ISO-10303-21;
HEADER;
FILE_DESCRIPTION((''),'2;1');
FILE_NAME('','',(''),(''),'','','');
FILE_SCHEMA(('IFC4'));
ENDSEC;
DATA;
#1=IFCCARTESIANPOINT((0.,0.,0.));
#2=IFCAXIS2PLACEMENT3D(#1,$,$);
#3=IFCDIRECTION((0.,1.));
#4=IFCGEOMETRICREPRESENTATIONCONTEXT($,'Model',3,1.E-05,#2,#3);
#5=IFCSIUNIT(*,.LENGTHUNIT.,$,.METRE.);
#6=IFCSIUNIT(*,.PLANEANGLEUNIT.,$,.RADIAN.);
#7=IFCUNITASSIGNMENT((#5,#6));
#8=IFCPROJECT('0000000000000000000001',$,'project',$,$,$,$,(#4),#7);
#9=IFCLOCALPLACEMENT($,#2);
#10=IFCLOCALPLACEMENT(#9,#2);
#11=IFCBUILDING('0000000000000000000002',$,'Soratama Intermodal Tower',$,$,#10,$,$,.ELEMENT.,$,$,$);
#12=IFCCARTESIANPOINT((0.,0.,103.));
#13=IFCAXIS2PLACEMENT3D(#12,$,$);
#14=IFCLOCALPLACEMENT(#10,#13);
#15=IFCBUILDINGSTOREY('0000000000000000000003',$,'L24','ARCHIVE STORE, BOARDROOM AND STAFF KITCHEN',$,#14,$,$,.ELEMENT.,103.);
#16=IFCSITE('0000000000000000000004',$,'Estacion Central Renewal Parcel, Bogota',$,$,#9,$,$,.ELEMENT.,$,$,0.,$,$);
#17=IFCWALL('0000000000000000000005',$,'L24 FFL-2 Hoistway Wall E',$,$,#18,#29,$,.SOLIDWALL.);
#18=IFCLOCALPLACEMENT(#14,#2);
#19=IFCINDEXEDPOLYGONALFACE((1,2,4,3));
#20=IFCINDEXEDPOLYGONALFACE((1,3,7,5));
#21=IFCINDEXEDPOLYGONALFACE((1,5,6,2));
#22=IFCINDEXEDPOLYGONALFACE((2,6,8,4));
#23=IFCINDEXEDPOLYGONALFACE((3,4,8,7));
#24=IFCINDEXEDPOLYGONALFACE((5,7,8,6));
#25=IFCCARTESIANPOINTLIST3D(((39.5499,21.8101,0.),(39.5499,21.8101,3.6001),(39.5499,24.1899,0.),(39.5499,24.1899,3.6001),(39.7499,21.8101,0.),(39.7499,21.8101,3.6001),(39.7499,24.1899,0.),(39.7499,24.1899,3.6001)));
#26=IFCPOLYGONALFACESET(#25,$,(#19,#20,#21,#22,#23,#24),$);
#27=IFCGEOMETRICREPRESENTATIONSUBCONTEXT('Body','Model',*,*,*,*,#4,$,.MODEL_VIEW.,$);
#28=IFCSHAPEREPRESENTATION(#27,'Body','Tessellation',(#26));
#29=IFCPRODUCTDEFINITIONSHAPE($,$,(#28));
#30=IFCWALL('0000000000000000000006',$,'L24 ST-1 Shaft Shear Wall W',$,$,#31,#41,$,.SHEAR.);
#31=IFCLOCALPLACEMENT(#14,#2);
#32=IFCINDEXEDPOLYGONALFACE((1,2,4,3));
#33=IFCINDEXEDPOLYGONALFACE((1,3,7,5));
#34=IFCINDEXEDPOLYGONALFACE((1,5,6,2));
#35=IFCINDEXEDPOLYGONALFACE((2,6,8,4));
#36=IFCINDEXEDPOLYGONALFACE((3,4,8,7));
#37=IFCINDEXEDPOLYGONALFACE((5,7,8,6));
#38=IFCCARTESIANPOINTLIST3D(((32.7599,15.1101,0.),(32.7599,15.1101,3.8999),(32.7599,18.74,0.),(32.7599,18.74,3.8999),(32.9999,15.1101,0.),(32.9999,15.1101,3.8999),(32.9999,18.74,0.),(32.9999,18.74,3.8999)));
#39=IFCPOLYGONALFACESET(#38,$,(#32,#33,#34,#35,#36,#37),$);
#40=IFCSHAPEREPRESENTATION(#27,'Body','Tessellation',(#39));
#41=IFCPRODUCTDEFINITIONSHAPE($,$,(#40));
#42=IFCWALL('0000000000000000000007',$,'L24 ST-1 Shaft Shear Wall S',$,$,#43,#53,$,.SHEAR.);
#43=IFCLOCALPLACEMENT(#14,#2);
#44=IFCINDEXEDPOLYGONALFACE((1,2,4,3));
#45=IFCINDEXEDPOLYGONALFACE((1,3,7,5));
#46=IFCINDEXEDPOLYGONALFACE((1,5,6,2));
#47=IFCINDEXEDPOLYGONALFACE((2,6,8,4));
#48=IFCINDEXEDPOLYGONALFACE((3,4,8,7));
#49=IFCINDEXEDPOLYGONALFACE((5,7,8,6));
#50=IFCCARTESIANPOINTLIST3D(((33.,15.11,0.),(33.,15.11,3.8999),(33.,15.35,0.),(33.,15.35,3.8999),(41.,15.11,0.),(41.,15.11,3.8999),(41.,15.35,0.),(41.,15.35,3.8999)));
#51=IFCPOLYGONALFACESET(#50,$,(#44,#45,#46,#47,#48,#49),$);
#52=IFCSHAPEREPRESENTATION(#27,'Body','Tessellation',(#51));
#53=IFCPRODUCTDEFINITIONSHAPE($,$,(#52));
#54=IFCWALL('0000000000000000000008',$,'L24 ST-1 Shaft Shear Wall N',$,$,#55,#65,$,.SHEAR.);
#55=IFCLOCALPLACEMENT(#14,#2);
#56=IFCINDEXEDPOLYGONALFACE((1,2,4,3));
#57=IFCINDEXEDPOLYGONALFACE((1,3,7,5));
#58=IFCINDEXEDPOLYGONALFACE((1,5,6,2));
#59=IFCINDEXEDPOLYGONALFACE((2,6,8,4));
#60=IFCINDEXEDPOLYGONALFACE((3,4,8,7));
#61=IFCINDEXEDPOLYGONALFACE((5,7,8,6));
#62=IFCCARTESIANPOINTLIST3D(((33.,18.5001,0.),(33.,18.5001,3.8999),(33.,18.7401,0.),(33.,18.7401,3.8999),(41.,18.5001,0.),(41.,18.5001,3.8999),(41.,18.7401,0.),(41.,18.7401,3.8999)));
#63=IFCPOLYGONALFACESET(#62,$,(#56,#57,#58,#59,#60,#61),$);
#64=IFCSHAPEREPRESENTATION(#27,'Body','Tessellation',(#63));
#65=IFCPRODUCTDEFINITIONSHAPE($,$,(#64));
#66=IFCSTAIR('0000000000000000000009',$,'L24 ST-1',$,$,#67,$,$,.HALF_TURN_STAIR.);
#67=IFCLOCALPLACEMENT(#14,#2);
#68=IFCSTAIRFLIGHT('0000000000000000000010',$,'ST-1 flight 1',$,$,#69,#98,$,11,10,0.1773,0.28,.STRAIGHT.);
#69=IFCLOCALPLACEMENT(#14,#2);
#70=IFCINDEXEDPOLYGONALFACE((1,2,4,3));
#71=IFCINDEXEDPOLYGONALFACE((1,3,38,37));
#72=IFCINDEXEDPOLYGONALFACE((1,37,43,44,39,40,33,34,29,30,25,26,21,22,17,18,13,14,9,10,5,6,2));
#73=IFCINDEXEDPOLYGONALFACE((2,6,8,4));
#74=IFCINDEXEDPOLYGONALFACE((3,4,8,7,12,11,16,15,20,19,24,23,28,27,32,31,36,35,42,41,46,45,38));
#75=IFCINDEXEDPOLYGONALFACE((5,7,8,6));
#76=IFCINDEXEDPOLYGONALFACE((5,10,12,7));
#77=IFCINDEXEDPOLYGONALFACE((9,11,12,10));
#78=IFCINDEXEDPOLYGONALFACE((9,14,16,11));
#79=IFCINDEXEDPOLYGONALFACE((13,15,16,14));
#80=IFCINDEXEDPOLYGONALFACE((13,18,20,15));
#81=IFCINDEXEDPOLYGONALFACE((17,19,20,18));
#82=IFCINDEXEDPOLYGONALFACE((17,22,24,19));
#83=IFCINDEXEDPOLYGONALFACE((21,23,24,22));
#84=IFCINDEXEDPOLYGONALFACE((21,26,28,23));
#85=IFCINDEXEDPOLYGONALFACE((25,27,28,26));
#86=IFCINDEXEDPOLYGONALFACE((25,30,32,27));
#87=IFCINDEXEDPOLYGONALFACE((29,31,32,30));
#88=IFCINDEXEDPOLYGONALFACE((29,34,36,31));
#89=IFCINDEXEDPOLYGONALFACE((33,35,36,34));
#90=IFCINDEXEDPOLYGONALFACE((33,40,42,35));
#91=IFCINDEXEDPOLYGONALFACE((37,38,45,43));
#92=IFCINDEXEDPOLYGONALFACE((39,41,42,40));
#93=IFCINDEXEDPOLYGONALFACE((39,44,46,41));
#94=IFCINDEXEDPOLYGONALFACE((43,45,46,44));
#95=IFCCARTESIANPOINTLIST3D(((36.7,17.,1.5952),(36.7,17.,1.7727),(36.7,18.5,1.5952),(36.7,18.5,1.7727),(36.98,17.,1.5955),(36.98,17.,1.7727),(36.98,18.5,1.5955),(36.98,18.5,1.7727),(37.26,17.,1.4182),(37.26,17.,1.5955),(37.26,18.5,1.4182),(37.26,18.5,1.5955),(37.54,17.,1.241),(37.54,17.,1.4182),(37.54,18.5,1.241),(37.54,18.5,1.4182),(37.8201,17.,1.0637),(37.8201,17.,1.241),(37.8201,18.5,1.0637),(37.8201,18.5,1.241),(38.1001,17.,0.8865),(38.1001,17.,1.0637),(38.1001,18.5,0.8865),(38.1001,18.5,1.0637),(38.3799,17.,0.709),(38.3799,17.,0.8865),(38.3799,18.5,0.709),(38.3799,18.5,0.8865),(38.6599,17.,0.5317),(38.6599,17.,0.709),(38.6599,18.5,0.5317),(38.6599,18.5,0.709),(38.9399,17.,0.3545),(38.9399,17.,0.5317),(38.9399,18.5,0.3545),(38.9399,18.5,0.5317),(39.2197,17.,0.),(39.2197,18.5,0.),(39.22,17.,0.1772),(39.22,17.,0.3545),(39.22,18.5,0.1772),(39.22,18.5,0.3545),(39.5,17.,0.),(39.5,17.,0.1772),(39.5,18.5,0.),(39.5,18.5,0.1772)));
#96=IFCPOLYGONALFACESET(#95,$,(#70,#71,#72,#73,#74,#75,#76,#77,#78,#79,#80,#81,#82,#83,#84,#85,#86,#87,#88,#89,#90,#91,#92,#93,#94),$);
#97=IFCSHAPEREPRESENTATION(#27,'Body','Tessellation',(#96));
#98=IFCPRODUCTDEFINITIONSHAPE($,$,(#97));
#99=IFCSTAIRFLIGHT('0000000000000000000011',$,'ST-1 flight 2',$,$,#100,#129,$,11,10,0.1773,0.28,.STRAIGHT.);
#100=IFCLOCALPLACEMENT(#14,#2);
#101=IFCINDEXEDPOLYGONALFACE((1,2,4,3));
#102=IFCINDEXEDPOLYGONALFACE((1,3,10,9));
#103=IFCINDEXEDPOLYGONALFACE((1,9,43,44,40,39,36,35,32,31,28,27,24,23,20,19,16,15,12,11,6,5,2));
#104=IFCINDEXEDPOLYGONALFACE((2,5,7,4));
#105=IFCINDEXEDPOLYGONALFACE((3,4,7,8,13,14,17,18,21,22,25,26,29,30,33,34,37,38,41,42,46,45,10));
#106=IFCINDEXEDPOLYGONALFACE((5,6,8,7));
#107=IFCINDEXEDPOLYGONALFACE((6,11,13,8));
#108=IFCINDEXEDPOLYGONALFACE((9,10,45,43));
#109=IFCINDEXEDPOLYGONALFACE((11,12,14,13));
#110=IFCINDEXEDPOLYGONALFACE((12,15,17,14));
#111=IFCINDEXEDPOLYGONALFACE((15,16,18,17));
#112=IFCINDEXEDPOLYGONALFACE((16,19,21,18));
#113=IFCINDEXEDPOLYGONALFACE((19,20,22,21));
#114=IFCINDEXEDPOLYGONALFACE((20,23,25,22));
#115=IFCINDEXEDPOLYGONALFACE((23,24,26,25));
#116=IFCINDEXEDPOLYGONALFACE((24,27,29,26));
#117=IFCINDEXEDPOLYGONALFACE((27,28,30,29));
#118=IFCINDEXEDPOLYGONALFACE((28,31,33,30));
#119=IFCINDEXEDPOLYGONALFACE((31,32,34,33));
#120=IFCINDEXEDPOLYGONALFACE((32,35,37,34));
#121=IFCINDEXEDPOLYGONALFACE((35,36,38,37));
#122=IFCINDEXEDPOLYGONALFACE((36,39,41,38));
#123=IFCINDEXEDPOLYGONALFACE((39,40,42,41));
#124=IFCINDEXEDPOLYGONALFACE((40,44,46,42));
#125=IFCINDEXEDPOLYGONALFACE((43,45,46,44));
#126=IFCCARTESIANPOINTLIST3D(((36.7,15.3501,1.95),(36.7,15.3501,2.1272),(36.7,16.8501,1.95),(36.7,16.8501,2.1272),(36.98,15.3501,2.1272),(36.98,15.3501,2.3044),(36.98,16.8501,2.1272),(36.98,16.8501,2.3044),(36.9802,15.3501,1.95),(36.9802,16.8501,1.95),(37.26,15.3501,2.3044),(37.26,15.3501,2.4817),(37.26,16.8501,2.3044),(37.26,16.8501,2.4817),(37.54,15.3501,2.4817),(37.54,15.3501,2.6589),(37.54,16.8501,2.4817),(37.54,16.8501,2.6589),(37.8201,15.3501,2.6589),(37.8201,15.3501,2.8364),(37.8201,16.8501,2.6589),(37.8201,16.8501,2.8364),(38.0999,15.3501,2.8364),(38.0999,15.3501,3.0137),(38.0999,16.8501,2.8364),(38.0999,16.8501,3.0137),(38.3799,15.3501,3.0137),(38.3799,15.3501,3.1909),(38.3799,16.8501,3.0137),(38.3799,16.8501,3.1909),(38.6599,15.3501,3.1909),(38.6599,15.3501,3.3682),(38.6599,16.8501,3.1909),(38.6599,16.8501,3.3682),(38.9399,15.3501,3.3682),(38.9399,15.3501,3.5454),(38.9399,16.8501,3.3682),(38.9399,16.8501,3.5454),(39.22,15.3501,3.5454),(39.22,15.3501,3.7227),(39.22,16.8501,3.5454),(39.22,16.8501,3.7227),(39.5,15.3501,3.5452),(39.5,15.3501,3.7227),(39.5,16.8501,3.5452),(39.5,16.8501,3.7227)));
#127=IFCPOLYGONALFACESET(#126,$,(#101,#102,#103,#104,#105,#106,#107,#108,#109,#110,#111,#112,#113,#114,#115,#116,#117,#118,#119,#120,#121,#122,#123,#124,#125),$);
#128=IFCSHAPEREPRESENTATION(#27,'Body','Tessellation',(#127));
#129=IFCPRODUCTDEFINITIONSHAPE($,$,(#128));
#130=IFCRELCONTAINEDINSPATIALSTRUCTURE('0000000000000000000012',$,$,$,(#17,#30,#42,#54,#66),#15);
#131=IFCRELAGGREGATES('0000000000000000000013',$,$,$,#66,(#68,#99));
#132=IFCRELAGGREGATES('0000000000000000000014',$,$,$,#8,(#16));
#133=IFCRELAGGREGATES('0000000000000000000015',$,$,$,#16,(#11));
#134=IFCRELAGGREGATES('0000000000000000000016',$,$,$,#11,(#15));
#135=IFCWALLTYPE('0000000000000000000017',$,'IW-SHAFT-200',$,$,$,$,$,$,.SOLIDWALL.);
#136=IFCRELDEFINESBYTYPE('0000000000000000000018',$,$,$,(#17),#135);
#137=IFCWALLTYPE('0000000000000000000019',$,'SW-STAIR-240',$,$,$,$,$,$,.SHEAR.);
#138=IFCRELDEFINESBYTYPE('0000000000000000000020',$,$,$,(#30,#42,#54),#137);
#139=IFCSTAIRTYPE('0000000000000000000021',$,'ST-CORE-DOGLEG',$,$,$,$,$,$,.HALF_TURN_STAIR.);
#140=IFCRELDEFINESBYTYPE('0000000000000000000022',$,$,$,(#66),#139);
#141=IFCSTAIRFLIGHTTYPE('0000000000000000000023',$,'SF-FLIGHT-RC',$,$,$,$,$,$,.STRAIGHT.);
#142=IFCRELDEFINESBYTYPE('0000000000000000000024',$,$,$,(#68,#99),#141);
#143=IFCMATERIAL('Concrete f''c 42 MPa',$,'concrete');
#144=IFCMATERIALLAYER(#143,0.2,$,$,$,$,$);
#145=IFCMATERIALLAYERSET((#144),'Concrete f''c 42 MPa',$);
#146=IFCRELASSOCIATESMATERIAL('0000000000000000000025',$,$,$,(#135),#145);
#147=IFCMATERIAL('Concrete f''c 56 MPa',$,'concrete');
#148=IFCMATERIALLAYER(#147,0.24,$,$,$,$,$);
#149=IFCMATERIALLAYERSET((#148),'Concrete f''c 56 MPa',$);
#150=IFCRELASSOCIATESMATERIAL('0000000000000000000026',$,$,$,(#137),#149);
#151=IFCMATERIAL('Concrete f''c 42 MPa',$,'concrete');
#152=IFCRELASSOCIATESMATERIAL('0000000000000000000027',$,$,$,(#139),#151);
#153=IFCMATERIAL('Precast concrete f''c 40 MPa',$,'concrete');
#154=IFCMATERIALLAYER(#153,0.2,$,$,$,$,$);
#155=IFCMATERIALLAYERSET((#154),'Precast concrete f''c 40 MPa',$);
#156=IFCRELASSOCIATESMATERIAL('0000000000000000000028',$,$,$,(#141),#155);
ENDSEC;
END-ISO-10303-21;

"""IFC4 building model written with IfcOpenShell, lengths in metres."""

from ifc_helpers import new_model, si_unit, direction, frame, frame_2d, origin, place, context, subcontext, project, spatial, polyline, rectangle, outline, extrude, material, layer, layer_set, type_object, element, aggregate, save


model = new_model("IFC4")

# Units and contexts
model_context = context("Model", 3, precision=1e-05, world=origin(), true_north=direction((0.0, 1.0)))
body_context = subcontext(model_context, "Body", "Model", "MODEL_VIEW")
ifc_project = project(units=[si_unit("LENGTHUNIT", "METRE"), si_unit("PLANEANGLEUNIT", "RADIAN")], contexts=[model_context])

# Site, building, storey
site_placement = place(None, origin())
site = spatial("IfcSite", under=ifc_project, at=site_placement, Name="Estacion Central Renewal Parcel, Bogota", CompositionType="ELEMENT", RefElevation=0.0)
building_placement = place(site_placement, origin())
building = spatial("IfcBuilding", under=site, at=building_placement, Name="Soratama Intermodal Tower", CompositionType="ELEMENT")
storey_placement = place(building_placement, frame((0.0, 0.0, 103.0)))
storey = spatial("IfcBuildingStorey", under=building, at=storey_placement, Name="L24", Description="ARCHIVE STORE, BOARDROOM AND STAFF KITCHEN", CompositionType="ELEMENT", Elevation=103.0)

# Shared definitions
ifc_material_1 = material(Name="Concrete f'c 42 MPa", Category="concrete")
ifc_layer_1 = layer(ifc_material_1, 0.2)
ifc_layer_set_1 = layer_set([ifc_layer_1], Name="Concrete f'c 42 MPa")
wall_type_1 = type_object("IfcWallType", Name="IW-SHAFT-200", PredefinedType="SOLIDWALL", material=ifc_layer_set_1)

# Wall
wall_1_placement = place(storey_placement, frame((39.6499, 21.8101, 0.0), z_axis=(0.0, 0.0, 1.0), x_axis=(0.0, 1.0, 0.0)))
element("IfcWall", 1, at=wall_1_placement, inside=storey, type_object=wall_type_1, Name="L24 FFL-2 Hoistway Wall E", PredefinedType="SOLIDWALL", context=body_context, shape_type="SweptSolid", body=[
    extrude(rectangle(XDim=2.3799, YDim=0.2, at=frame_2d((1.1899, 0.0))), origin(), (0.0, 0.0, 1.0), 3.6001),
])

# Walls
ifc_material_2 = material(Name="Concrete f'c 56 MPa", Category="concrete")
ifc_layer_2 = layer(ifc_material_2, 0.24)
ifc_layer_set_2 = layer_set([ifc_layer_2], Name="Concrete f'c 56 MPa")
wall_type_2 = type_object("IfcWallType", Name="SW-STAIR-240", PredefinedType="SHEAR", material=ifc_layer_set_2)
wall_2_placement = place(storey_placement, frame((32.8799, 15.1101, 0.0), z_axis=(0.0, 0.0, 1.0), x_axis=(0.0, 1.0, 0.0)))
element("IfcWall", 2, at=wall_2_placement, inside=storey, type_object=wall_type_2, Name="L24 ST-1 Shaft Shear Wall W", PredefinedType="SHEAR", context=body_context, shape_type="SweptSolid", body=[
    extrude(rectangle(XDim=3.6299, YDim=0.24, at=frame_2d((1.8149, 0.0))), origin(), (0.0, 0.0, 1.0), 3.8999),
])
for number, where, z_axis, x_axis, name in (
    (3, (33.0, 15.23, 0.0), (0.0, 0.0, 1.0), (1.0, 0.0, 0.0), "L24 ST-1 Shaft Shear Wall S"),
    (4, (33.0, 18.6201, 0.0), (0.0, 0.0, 1.0), (1.0, 0.0, 0.0), "L24 ST-1 Shaft Shear Wall N"),
):
    element("IfcWall", number, at=place(storey_placement, frame(where, z_axis=z_axis, x_axis=x_axis)), inside=storey, type_object=wall_type_2, Name=name, PredefinedType="SHEAR", context=body_context, shape_type="SweptSolid", body=[
        extrude(rectangle(XDim=8.0, YDim=0.24, at=frame_2d((4.0, 0.0))), origin(), (0.0, 0.0, 1.0), 3.8999),
    ])

# Stair, stair flights
ifc_material_3 = material(Name="Concrete f'c 42 MPa", Category="concrete")
stair_type = type_object("IfcStairType", Name="ST-CORE-DOGLEG", PredefinedType="HALF_TURN_STAIR", material=ifc_material_3)
stair_placement = place(storey_placement, origin())
stair = element("IfcStair", 5, at=stair_placement, inside=storey, type_object=stair_type, Name="L24 ST-1", PredefinedType="HALF_TURN_STAIR")
ifc_material_4 = material(Name="Precast concrete f'c 40 MPa", Category="concrete")
ifc_layer_3 = layer(ifc_material_4, 0.2)
ifc_layer_set_3 = layer_set([ifc_layer_3], Name="Precast concrete f'c 40 MPa")
stair_flight_type = type_object("IfcStairFlightType", Name="SF-FLIGHT-RC", PredefinedType="STRAIGHT", material=ifc_layer_set_3)
stair_flight_1_placement = place(storey_placement, frame((39.5, 17.75, 0.0), z_axis=(0.0, 0.0, 1.0), x_axis=(-1.0, 0.0, 0.0)))
stair_flight_1 = element("IfcStairFlight", 6, at=stair_flight_1_placement, type_object=stair_flight_type, Name="ST-1 flight 1", NumberOfRisers=11, NumberOfTreads=10, PredefinedType="STRAIGHT", RiserHeight=0.1773, TreadLength=0.28, context=body_context, shape_type="SweptSolid", body=[
    extrude(outline(polyline([(0.0, 0.0), (0.0, 0.1772), (0.28, 0.1772), (0.28, 0.3545), (0.5601, 0.3545), (0.5601, 0.5317), (0.8401, 0.5317), (0.8401, 0.709), (1.1201, 0.709), (1.1201, 0.8865), (1.3999, 0.8865), (1.3999, 1.0637), (1.6799, 1.0637), (1.6799, 1.241), (1.96, 1.241), (1.96, 1.4182), (2.24, 1.4182), (2.24, 1.5955), (2.52, 1.5955), (2.52, 1.7727), (2.8, 1.7727), (2.8, 1.95), (2.8, 1.5952), (0.2803, 0.0), (0.0, 0.0)])), frame((0.0, 0.75, 0.0), z_axis=(0.0, -1.0, 0.0), x_axis=(1.0, 0.0, 0.0)), (0.0, 0.0, 1.0), 1.5),
])
stair_flight_2_placement = place(storey_placement, frame((36.7, 16.1001, 1.95), z_axis=(0.0, 0.0, 1.0), x_axis=(1.0, 0.0, 0.0)))
stair_flight_2 = element("IfcStairFlight", 7, at=stair_flight_2_placement, type_object=stair_flight_type, Name="ST-1 flight 2", NumberOfRisers=11, NumberOfTreads=10, PredefinedType="STRAIGHT", RiserHeight=0.1773, TreadLength=0.28, context=body_context, shape_type="SweptSolid", body=[
    extrude(outline(polyline([(0.0, 0.0), (0.0, 0.1772), (0.28, 0.1772), (0.28, 0.3545), (0.5601, 0.3545), (0.5601, 0.5317), (0.8401, 0.5317), (0.8401, 0.709), (1.1201, 0.709), (1.1201, 0.8865), (1.3999, 0.8865), (1.3999, 1.0637), (1.6799, 1.0637), (1.6799, 1.241), (1.96, 1.241), (1.96, 1.4182), (2.24, 1.4182), (2.24, 1.5955), (2.52, 1.5955), (2.52, 1.7727), (2.8, 1.7727), (2.8, 1.95), (2.8, 1.5952), (0.2803, 0.0), (0.0, 0.0)])), frame((0.0, 0.75, 0.0), z_axis=(0.0, -1.0, 0.0), x_axis=(1.0, 0.0, 0.0)), (0.0, 0.0, 1.0), 1.5),
])
aggregate(stair, [stair_flight_1, stair_flight_2])

save(model, "model.ifc")
